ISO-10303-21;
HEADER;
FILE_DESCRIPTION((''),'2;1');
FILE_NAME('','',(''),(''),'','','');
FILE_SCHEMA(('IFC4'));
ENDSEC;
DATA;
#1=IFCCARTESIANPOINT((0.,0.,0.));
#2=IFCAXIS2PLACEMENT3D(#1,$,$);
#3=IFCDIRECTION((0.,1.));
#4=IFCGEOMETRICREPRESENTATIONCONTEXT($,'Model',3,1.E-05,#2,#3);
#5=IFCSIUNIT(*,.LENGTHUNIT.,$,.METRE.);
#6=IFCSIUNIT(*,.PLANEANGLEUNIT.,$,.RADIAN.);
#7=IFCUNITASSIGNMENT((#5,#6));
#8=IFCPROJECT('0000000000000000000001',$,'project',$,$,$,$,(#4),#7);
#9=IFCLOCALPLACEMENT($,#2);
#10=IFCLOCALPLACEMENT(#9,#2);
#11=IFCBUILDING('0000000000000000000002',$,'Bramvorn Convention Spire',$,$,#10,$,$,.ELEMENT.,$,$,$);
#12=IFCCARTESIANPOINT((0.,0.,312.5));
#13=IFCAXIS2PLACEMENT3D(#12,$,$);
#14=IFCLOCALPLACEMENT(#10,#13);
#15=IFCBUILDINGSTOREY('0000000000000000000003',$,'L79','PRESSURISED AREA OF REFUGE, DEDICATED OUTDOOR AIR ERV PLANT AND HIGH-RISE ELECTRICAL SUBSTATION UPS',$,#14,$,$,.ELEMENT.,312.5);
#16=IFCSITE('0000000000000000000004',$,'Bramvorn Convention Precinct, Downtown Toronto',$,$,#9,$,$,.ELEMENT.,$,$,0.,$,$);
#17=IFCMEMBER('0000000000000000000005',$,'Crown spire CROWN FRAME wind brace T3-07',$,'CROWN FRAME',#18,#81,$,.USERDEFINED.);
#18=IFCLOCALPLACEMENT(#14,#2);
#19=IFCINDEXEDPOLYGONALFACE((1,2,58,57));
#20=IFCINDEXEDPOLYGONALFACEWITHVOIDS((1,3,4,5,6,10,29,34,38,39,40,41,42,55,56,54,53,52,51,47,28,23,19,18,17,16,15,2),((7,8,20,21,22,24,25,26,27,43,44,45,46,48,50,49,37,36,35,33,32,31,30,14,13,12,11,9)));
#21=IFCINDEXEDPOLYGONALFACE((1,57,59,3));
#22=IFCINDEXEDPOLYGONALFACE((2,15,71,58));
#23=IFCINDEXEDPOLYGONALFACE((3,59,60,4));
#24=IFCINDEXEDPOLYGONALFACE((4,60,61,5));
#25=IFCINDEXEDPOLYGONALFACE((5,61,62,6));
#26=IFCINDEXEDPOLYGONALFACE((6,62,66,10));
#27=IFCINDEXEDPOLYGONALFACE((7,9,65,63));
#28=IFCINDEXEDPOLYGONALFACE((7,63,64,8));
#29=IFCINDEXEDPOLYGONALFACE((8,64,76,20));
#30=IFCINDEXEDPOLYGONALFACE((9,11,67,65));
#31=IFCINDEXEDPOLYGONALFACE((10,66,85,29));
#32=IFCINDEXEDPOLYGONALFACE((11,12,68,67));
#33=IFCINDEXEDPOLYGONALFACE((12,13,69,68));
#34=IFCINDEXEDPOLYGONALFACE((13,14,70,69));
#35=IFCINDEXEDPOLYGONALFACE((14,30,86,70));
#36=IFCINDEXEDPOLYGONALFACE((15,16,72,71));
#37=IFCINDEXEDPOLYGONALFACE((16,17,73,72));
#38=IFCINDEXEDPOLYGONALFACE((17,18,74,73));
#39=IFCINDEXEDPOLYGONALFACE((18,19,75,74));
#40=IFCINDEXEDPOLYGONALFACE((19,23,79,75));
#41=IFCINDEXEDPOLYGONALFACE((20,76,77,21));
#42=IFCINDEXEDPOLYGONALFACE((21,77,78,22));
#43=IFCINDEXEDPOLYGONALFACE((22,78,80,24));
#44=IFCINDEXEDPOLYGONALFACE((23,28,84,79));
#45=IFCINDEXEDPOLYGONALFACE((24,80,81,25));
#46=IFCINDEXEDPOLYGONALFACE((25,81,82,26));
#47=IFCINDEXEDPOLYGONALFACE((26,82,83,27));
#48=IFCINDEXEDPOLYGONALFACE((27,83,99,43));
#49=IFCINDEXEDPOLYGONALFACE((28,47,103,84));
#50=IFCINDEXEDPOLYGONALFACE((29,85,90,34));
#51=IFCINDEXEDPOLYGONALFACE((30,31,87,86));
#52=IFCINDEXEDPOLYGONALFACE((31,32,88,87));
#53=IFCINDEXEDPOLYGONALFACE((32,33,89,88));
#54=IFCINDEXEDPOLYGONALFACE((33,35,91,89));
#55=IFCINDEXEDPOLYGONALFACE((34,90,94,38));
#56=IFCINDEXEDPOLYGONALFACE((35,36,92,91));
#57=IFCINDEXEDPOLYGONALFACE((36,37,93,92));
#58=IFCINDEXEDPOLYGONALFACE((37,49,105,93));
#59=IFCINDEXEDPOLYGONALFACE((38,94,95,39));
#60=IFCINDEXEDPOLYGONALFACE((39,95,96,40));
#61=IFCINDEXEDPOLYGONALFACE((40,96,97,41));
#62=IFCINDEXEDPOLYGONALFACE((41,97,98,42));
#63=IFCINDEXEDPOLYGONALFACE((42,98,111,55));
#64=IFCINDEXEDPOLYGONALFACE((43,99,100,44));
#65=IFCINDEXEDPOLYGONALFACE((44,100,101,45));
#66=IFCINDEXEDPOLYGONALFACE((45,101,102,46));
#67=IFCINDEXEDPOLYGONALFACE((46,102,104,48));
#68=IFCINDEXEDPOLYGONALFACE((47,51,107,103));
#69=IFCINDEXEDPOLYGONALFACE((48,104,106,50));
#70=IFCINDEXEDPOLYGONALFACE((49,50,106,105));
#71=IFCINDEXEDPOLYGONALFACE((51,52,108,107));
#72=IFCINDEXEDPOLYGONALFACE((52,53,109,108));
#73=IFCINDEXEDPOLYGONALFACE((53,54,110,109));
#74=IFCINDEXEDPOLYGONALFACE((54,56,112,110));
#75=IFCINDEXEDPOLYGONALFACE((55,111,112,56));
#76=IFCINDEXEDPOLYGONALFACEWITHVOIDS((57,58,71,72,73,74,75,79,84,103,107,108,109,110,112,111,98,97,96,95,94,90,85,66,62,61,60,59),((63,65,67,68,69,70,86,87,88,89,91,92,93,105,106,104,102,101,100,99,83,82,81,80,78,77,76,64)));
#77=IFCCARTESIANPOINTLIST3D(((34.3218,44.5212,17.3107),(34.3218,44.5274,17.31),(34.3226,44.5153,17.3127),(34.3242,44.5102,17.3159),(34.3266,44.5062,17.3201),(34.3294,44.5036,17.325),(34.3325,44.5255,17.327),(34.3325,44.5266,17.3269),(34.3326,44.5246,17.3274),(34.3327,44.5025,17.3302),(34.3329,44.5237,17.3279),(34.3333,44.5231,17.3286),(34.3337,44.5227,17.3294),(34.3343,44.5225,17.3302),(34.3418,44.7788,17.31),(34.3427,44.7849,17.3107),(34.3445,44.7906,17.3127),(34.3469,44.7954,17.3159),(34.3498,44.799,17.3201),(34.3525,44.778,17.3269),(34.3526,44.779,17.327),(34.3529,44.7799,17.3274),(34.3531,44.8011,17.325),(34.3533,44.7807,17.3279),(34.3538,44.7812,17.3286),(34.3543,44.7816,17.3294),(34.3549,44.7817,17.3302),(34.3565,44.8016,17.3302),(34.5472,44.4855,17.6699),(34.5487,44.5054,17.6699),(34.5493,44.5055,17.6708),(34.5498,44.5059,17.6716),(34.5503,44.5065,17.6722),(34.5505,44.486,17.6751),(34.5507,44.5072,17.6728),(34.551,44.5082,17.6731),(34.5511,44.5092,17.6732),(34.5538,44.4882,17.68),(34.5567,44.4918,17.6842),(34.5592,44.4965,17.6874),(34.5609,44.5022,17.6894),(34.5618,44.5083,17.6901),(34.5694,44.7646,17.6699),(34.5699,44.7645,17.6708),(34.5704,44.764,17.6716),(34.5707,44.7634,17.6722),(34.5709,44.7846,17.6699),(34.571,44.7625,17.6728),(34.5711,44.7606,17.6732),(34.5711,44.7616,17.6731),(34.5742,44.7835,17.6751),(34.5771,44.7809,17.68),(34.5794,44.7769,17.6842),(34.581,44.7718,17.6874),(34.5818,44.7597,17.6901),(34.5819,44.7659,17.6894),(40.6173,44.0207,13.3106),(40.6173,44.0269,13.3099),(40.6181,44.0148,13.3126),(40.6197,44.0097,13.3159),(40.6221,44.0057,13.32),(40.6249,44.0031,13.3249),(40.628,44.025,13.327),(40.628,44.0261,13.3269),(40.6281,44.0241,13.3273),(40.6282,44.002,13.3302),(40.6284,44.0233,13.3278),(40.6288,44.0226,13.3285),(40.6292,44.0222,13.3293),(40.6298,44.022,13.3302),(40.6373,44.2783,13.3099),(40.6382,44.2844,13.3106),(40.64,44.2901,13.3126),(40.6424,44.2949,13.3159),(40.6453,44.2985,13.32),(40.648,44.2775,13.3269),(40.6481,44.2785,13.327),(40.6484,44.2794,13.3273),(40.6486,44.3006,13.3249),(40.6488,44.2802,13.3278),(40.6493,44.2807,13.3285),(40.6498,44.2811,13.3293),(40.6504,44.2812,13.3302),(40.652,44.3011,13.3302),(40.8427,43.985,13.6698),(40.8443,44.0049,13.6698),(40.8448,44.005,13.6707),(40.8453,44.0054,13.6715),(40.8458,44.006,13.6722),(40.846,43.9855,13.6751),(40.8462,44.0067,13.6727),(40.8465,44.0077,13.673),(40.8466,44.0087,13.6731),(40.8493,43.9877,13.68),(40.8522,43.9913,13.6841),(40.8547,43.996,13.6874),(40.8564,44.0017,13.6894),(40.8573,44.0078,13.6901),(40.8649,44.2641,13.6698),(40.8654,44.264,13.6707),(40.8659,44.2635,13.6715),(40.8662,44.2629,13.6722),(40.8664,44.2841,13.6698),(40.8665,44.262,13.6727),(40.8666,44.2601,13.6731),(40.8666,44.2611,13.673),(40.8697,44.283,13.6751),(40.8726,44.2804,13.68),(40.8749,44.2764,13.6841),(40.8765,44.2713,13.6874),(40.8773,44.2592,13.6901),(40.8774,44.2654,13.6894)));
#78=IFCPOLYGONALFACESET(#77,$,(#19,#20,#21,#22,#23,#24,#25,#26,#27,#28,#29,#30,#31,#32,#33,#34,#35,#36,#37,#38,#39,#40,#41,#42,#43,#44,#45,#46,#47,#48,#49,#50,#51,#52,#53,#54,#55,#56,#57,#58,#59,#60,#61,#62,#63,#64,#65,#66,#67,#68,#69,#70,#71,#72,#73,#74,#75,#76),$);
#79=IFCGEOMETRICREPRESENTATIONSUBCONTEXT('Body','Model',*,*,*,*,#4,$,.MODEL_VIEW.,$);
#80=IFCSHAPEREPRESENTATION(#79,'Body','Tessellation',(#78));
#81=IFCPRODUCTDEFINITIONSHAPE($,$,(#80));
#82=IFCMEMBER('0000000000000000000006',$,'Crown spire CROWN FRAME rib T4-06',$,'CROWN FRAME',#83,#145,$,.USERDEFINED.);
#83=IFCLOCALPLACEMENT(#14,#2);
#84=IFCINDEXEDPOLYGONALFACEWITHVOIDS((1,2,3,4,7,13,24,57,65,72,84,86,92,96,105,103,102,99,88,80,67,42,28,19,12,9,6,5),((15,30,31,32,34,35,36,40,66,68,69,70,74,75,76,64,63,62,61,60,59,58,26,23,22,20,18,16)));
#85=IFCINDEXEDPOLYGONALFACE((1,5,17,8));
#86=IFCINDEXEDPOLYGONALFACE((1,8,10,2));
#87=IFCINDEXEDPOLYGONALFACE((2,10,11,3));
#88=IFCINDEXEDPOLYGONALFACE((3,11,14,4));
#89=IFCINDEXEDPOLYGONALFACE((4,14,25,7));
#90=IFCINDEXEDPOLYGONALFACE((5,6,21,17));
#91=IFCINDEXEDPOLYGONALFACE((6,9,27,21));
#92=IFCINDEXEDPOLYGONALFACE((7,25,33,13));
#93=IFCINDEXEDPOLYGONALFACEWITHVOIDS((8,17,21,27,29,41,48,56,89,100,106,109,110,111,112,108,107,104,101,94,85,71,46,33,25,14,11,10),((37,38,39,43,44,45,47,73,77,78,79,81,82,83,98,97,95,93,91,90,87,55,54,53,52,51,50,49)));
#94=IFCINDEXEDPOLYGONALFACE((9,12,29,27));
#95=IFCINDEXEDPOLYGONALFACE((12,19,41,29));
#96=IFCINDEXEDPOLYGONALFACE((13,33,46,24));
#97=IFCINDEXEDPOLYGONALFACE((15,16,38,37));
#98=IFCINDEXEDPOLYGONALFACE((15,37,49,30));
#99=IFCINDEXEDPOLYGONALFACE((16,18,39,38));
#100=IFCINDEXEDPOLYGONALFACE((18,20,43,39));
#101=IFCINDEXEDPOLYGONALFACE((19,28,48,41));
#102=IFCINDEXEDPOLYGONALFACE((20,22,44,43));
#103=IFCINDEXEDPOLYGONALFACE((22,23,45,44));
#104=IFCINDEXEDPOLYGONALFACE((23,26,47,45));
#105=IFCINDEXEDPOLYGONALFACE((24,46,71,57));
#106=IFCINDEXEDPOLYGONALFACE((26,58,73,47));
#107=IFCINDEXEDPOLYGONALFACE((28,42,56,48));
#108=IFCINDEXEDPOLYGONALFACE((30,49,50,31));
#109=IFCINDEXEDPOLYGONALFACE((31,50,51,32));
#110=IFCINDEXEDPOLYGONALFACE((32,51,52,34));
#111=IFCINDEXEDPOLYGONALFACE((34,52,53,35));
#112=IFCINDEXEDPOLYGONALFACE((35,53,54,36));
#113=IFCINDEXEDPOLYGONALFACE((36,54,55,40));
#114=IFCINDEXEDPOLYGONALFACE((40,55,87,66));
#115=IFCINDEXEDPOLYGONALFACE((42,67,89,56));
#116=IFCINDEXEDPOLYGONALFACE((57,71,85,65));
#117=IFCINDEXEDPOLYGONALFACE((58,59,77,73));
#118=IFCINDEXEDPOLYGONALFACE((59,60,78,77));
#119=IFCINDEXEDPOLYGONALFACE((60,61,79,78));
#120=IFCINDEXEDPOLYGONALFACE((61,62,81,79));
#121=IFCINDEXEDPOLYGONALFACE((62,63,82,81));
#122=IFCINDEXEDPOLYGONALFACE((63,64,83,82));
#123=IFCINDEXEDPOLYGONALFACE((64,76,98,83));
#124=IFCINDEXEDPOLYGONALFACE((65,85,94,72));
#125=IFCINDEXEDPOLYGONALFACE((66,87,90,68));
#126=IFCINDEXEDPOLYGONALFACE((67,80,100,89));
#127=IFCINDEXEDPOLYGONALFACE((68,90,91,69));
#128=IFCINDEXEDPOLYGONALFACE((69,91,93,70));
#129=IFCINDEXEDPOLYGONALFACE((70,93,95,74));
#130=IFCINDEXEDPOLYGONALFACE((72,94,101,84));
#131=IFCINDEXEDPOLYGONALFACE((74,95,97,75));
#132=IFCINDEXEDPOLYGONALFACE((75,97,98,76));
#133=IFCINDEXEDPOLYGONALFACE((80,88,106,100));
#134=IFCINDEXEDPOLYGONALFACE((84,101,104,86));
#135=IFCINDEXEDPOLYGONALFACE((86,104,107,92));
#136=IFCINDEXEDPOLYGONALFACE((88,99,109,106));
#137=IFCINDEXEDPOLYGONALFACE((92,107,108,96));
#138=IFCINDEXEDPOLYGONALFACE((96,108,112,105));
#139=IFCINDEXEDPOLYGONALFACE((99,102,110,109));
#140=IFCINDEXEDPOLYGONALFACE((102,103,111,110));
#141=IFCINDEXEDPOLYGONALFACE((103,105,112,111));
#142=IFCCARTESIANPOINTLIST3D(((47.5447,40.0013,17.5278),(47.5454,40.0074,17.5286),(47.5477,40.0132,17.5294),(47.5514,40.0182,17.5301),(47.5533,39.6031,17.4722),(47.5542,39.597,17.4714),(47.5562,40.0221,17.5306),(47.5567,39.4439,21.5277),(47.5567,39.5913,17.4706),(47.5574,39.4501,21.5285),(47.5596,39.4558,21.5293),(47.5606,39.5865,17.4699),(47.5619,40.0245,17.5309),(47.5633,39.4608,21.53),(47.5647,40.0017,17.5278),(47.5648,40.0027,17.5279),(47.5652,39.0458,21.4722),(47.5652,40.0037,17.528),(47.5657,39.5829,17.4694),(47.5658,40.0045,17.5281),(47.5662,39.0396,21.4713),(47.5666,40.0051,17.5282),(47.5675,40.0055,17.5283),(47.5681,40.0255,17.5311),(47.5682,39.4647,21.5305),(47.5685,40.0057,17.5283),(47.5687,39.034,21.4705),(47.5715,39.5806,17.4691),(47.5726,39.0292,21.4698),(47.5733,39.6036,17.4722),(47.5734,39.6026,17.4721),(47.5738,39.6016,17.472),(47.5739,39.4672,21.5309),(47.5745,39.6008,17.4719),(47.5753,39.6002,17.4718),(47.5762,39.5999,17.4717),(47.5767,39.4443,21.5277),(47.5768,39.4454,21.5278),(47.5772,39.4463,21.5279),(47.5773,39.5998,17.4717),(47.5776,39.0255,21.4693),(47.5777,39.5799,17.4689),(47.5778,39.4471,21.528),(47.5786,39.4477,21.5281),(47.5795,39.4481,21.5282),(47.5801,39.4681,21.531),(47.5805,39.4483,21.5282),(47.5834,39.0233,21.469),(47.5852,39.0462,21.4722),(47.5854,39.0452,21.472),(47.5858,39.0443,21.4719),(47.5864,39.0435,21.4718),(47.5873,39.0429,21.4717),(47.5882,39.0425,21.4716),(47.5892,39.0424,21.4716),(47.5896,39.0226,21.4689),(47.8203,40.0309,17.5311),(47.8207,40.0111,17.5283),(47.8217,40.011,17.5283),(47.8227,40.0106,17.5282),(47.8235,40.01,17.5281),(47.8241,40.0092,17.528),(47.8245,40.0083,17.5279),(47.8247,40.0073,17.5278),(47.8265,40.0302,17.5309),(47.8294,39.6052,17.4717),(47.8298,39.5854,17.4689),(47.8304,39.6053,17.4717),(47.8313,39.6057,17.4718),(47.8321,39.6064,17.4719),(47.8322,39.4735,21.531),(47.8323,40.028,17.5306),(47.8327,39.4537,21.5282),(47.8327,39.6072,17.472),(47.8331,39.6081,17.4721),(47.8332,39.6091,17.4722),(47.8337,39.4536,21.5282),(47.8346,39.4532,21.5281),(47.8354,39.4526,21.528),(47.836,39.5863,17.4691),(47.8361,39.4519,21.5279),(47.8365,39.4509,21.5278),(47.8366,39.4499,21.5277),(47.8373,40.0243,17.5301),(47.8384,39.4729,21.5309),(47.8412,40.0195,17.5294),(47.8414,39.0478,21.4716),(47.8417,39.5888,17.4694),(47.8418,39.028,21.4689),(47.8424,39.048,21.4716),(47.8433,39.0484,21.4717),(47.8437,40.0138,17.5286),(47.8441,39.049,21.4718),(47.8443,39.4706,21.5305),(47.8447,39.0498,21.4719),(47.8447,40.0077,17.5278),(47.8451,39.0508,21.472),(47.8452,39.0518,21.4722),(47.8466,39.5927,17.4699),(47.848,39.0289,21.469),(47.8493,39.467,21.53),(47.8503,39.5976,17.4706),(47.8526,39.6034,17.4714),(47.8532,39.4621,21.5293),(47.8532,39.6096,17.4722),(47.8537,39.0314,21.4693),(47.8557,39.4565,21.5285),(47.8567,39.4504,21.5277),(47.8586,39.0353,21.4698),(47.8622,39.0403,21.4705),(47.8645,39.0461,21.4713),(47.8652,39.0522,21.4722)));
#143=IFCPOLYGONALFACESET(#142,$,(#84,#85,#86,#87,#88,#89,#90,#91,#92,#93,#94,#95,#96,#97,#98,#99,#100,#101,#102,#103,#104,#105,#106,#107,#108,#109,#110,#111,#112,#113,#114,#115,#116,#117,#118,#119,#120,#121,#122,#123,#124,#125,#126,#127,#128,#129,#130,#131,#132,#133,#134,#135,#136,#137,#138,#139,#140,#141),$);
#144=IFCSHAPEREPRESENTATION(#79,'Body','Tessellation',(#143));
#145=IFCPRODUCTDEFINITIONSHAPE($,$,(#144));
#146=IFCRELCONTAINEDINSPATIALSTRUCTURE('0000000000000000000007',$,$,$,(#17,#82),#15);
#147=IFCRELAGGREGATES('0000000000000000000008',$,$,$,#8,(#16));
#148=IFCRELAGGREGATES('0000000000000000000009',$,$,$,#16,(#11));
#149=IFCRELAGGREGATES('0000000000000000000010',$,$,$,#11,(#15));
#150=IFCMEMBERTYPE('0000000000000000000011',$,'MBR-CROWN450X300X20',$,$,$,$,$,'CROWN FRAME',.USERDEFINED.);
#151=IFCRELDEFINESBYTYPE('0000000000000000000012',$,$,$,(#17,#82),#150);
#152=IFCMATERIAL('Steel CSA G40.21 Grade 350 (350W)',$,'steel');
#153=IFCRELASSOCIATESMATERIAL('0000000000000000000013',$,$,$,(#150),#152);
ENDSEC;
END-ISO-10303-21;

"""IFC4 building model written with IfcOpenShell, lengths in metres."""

from ifc_helpers import new_model, si_unit, direction, frame, origin, origin_2d, place, context, subcontext, project, spatial, hollow_rectangle, extrude, material, material_profile, profile_set, type_object, element, save


model = new_model("IFC4")

# Units and contexts
model_context = context("Model", 3, precision=1e-05, world=origin(), true_north=direction((0.0, 1.0)))
body_context = subcontext(model_context, "Body", "Model", "MODEL_VIEW")
ifc_project = project(units=[si_unit("LENGTHUNIT", "METRE"), si_unit("PLANEANGLEUNIT", "RADIAN")], contexts=[model_context])

# Site, building, storey
site_placement = place(None, origin())
site = spatial("IfcSite", under=ifc_project, at=site_placement, Name="Bramvorn Convention Precinct, Downtown Toronto", CompositionType="ELEMENT", RefElevation=0.0)
building_placement = place(site_placement, origin())
building = spatial("IfcBuilding", under=site, at=building_placement, Name="Bramvorn Convention Spire", CompositionType="ELEMENT")
storey_placement = place(building_placement, frame((0.0, 0.0, 312.5)))
storey = spatial("IfcBuildingStorey", under=building, at=storey_placement, Name="L79", Description="PRESSURISED AREA OF REFUGE, DEDICATED OUTDOOR AIR ERV PLANT AND HIGH-RISE ELECTRICAL SUBSTATION UPS", CompositionType="ELEMENT", Elevation=312.5)

# Shared definitions
ifc_material_1 = material(Name="Steel CSA G40.21 Grade 350 (350W)", Category="steel")

# Members
ifc_material_profile_1 = material_profile(ifc_material_1, hollow_rectangle(XDim=0.3, YDim=0.45, WallThickness=0.02, InnerFilletRadius=0.0039, OuterFilletRadius=0.0239, at=origin_2d()))
ifc_profile_set_1 = profile_set([ifc_material_profile_1], Name="Steel CSA G40.21 Grade 350 (350W) - CROWN450X300X20")
member_type = type_object("IfcMemberType", Name="MBR-CROWN450X300X20", ElementType="CROWN FRAME", PredefinedType="USERDEFINED", material=ifc_profile_set_1)
member_1_placement = place(storey_placement, frame((40.7473, 44.1431, 13.5), z_axis=(-0.842142, 0.066951, 0.535083), x_axis=(-0.07925, -0.996855, 0.0)))
element("IfcMember", 1, at=member_1_placement, inside=storey, type_object=member_type, Name="Crown spire CROWN FRAME wind brace T3-07", ObjectType="CROWN FRAME", PredefinedType="USERDEFINED", context=body_context, shape_type="SweptSolid", body=[
    extrude(hollow_rectangle(XDim=0.3, YDim=0.45, WallThickness=0.02, InnerFilletRadius=0.0039, OuterFilletRadius=0.0239, at=origin_2d()), origin(), (0.0, 0.0, 1.0), 7.4756),
])
member_2_placement = place(storey_placement, frame((47.699, 39.8054, 17.5), z_axis=(0.002962, -0.138009, 0.990427), x_axis=(0.99977, 0.021458, 0.0)))
element("IfcMember", 2, at=member_2_placement, inside=storey, type_object=member_type, Name="Crown spire CROWN FRAME rib T4-06", ObjectType="CROWN FRAME", PredefinedType="USERDEFINED", context=body_context, shape_type="SweptSolid", body=[
    extrude(hollow_rectangle(XDim=0.3, YDim=0.45, WallThickness=0.02, InnerFilletRadius=0.0039, OuterFilletRadius=0.0239, at=origin_2d()), origin(), (0.0, 0.0, 1.0), 4.0386),
])

save(model, "model.ifc")
